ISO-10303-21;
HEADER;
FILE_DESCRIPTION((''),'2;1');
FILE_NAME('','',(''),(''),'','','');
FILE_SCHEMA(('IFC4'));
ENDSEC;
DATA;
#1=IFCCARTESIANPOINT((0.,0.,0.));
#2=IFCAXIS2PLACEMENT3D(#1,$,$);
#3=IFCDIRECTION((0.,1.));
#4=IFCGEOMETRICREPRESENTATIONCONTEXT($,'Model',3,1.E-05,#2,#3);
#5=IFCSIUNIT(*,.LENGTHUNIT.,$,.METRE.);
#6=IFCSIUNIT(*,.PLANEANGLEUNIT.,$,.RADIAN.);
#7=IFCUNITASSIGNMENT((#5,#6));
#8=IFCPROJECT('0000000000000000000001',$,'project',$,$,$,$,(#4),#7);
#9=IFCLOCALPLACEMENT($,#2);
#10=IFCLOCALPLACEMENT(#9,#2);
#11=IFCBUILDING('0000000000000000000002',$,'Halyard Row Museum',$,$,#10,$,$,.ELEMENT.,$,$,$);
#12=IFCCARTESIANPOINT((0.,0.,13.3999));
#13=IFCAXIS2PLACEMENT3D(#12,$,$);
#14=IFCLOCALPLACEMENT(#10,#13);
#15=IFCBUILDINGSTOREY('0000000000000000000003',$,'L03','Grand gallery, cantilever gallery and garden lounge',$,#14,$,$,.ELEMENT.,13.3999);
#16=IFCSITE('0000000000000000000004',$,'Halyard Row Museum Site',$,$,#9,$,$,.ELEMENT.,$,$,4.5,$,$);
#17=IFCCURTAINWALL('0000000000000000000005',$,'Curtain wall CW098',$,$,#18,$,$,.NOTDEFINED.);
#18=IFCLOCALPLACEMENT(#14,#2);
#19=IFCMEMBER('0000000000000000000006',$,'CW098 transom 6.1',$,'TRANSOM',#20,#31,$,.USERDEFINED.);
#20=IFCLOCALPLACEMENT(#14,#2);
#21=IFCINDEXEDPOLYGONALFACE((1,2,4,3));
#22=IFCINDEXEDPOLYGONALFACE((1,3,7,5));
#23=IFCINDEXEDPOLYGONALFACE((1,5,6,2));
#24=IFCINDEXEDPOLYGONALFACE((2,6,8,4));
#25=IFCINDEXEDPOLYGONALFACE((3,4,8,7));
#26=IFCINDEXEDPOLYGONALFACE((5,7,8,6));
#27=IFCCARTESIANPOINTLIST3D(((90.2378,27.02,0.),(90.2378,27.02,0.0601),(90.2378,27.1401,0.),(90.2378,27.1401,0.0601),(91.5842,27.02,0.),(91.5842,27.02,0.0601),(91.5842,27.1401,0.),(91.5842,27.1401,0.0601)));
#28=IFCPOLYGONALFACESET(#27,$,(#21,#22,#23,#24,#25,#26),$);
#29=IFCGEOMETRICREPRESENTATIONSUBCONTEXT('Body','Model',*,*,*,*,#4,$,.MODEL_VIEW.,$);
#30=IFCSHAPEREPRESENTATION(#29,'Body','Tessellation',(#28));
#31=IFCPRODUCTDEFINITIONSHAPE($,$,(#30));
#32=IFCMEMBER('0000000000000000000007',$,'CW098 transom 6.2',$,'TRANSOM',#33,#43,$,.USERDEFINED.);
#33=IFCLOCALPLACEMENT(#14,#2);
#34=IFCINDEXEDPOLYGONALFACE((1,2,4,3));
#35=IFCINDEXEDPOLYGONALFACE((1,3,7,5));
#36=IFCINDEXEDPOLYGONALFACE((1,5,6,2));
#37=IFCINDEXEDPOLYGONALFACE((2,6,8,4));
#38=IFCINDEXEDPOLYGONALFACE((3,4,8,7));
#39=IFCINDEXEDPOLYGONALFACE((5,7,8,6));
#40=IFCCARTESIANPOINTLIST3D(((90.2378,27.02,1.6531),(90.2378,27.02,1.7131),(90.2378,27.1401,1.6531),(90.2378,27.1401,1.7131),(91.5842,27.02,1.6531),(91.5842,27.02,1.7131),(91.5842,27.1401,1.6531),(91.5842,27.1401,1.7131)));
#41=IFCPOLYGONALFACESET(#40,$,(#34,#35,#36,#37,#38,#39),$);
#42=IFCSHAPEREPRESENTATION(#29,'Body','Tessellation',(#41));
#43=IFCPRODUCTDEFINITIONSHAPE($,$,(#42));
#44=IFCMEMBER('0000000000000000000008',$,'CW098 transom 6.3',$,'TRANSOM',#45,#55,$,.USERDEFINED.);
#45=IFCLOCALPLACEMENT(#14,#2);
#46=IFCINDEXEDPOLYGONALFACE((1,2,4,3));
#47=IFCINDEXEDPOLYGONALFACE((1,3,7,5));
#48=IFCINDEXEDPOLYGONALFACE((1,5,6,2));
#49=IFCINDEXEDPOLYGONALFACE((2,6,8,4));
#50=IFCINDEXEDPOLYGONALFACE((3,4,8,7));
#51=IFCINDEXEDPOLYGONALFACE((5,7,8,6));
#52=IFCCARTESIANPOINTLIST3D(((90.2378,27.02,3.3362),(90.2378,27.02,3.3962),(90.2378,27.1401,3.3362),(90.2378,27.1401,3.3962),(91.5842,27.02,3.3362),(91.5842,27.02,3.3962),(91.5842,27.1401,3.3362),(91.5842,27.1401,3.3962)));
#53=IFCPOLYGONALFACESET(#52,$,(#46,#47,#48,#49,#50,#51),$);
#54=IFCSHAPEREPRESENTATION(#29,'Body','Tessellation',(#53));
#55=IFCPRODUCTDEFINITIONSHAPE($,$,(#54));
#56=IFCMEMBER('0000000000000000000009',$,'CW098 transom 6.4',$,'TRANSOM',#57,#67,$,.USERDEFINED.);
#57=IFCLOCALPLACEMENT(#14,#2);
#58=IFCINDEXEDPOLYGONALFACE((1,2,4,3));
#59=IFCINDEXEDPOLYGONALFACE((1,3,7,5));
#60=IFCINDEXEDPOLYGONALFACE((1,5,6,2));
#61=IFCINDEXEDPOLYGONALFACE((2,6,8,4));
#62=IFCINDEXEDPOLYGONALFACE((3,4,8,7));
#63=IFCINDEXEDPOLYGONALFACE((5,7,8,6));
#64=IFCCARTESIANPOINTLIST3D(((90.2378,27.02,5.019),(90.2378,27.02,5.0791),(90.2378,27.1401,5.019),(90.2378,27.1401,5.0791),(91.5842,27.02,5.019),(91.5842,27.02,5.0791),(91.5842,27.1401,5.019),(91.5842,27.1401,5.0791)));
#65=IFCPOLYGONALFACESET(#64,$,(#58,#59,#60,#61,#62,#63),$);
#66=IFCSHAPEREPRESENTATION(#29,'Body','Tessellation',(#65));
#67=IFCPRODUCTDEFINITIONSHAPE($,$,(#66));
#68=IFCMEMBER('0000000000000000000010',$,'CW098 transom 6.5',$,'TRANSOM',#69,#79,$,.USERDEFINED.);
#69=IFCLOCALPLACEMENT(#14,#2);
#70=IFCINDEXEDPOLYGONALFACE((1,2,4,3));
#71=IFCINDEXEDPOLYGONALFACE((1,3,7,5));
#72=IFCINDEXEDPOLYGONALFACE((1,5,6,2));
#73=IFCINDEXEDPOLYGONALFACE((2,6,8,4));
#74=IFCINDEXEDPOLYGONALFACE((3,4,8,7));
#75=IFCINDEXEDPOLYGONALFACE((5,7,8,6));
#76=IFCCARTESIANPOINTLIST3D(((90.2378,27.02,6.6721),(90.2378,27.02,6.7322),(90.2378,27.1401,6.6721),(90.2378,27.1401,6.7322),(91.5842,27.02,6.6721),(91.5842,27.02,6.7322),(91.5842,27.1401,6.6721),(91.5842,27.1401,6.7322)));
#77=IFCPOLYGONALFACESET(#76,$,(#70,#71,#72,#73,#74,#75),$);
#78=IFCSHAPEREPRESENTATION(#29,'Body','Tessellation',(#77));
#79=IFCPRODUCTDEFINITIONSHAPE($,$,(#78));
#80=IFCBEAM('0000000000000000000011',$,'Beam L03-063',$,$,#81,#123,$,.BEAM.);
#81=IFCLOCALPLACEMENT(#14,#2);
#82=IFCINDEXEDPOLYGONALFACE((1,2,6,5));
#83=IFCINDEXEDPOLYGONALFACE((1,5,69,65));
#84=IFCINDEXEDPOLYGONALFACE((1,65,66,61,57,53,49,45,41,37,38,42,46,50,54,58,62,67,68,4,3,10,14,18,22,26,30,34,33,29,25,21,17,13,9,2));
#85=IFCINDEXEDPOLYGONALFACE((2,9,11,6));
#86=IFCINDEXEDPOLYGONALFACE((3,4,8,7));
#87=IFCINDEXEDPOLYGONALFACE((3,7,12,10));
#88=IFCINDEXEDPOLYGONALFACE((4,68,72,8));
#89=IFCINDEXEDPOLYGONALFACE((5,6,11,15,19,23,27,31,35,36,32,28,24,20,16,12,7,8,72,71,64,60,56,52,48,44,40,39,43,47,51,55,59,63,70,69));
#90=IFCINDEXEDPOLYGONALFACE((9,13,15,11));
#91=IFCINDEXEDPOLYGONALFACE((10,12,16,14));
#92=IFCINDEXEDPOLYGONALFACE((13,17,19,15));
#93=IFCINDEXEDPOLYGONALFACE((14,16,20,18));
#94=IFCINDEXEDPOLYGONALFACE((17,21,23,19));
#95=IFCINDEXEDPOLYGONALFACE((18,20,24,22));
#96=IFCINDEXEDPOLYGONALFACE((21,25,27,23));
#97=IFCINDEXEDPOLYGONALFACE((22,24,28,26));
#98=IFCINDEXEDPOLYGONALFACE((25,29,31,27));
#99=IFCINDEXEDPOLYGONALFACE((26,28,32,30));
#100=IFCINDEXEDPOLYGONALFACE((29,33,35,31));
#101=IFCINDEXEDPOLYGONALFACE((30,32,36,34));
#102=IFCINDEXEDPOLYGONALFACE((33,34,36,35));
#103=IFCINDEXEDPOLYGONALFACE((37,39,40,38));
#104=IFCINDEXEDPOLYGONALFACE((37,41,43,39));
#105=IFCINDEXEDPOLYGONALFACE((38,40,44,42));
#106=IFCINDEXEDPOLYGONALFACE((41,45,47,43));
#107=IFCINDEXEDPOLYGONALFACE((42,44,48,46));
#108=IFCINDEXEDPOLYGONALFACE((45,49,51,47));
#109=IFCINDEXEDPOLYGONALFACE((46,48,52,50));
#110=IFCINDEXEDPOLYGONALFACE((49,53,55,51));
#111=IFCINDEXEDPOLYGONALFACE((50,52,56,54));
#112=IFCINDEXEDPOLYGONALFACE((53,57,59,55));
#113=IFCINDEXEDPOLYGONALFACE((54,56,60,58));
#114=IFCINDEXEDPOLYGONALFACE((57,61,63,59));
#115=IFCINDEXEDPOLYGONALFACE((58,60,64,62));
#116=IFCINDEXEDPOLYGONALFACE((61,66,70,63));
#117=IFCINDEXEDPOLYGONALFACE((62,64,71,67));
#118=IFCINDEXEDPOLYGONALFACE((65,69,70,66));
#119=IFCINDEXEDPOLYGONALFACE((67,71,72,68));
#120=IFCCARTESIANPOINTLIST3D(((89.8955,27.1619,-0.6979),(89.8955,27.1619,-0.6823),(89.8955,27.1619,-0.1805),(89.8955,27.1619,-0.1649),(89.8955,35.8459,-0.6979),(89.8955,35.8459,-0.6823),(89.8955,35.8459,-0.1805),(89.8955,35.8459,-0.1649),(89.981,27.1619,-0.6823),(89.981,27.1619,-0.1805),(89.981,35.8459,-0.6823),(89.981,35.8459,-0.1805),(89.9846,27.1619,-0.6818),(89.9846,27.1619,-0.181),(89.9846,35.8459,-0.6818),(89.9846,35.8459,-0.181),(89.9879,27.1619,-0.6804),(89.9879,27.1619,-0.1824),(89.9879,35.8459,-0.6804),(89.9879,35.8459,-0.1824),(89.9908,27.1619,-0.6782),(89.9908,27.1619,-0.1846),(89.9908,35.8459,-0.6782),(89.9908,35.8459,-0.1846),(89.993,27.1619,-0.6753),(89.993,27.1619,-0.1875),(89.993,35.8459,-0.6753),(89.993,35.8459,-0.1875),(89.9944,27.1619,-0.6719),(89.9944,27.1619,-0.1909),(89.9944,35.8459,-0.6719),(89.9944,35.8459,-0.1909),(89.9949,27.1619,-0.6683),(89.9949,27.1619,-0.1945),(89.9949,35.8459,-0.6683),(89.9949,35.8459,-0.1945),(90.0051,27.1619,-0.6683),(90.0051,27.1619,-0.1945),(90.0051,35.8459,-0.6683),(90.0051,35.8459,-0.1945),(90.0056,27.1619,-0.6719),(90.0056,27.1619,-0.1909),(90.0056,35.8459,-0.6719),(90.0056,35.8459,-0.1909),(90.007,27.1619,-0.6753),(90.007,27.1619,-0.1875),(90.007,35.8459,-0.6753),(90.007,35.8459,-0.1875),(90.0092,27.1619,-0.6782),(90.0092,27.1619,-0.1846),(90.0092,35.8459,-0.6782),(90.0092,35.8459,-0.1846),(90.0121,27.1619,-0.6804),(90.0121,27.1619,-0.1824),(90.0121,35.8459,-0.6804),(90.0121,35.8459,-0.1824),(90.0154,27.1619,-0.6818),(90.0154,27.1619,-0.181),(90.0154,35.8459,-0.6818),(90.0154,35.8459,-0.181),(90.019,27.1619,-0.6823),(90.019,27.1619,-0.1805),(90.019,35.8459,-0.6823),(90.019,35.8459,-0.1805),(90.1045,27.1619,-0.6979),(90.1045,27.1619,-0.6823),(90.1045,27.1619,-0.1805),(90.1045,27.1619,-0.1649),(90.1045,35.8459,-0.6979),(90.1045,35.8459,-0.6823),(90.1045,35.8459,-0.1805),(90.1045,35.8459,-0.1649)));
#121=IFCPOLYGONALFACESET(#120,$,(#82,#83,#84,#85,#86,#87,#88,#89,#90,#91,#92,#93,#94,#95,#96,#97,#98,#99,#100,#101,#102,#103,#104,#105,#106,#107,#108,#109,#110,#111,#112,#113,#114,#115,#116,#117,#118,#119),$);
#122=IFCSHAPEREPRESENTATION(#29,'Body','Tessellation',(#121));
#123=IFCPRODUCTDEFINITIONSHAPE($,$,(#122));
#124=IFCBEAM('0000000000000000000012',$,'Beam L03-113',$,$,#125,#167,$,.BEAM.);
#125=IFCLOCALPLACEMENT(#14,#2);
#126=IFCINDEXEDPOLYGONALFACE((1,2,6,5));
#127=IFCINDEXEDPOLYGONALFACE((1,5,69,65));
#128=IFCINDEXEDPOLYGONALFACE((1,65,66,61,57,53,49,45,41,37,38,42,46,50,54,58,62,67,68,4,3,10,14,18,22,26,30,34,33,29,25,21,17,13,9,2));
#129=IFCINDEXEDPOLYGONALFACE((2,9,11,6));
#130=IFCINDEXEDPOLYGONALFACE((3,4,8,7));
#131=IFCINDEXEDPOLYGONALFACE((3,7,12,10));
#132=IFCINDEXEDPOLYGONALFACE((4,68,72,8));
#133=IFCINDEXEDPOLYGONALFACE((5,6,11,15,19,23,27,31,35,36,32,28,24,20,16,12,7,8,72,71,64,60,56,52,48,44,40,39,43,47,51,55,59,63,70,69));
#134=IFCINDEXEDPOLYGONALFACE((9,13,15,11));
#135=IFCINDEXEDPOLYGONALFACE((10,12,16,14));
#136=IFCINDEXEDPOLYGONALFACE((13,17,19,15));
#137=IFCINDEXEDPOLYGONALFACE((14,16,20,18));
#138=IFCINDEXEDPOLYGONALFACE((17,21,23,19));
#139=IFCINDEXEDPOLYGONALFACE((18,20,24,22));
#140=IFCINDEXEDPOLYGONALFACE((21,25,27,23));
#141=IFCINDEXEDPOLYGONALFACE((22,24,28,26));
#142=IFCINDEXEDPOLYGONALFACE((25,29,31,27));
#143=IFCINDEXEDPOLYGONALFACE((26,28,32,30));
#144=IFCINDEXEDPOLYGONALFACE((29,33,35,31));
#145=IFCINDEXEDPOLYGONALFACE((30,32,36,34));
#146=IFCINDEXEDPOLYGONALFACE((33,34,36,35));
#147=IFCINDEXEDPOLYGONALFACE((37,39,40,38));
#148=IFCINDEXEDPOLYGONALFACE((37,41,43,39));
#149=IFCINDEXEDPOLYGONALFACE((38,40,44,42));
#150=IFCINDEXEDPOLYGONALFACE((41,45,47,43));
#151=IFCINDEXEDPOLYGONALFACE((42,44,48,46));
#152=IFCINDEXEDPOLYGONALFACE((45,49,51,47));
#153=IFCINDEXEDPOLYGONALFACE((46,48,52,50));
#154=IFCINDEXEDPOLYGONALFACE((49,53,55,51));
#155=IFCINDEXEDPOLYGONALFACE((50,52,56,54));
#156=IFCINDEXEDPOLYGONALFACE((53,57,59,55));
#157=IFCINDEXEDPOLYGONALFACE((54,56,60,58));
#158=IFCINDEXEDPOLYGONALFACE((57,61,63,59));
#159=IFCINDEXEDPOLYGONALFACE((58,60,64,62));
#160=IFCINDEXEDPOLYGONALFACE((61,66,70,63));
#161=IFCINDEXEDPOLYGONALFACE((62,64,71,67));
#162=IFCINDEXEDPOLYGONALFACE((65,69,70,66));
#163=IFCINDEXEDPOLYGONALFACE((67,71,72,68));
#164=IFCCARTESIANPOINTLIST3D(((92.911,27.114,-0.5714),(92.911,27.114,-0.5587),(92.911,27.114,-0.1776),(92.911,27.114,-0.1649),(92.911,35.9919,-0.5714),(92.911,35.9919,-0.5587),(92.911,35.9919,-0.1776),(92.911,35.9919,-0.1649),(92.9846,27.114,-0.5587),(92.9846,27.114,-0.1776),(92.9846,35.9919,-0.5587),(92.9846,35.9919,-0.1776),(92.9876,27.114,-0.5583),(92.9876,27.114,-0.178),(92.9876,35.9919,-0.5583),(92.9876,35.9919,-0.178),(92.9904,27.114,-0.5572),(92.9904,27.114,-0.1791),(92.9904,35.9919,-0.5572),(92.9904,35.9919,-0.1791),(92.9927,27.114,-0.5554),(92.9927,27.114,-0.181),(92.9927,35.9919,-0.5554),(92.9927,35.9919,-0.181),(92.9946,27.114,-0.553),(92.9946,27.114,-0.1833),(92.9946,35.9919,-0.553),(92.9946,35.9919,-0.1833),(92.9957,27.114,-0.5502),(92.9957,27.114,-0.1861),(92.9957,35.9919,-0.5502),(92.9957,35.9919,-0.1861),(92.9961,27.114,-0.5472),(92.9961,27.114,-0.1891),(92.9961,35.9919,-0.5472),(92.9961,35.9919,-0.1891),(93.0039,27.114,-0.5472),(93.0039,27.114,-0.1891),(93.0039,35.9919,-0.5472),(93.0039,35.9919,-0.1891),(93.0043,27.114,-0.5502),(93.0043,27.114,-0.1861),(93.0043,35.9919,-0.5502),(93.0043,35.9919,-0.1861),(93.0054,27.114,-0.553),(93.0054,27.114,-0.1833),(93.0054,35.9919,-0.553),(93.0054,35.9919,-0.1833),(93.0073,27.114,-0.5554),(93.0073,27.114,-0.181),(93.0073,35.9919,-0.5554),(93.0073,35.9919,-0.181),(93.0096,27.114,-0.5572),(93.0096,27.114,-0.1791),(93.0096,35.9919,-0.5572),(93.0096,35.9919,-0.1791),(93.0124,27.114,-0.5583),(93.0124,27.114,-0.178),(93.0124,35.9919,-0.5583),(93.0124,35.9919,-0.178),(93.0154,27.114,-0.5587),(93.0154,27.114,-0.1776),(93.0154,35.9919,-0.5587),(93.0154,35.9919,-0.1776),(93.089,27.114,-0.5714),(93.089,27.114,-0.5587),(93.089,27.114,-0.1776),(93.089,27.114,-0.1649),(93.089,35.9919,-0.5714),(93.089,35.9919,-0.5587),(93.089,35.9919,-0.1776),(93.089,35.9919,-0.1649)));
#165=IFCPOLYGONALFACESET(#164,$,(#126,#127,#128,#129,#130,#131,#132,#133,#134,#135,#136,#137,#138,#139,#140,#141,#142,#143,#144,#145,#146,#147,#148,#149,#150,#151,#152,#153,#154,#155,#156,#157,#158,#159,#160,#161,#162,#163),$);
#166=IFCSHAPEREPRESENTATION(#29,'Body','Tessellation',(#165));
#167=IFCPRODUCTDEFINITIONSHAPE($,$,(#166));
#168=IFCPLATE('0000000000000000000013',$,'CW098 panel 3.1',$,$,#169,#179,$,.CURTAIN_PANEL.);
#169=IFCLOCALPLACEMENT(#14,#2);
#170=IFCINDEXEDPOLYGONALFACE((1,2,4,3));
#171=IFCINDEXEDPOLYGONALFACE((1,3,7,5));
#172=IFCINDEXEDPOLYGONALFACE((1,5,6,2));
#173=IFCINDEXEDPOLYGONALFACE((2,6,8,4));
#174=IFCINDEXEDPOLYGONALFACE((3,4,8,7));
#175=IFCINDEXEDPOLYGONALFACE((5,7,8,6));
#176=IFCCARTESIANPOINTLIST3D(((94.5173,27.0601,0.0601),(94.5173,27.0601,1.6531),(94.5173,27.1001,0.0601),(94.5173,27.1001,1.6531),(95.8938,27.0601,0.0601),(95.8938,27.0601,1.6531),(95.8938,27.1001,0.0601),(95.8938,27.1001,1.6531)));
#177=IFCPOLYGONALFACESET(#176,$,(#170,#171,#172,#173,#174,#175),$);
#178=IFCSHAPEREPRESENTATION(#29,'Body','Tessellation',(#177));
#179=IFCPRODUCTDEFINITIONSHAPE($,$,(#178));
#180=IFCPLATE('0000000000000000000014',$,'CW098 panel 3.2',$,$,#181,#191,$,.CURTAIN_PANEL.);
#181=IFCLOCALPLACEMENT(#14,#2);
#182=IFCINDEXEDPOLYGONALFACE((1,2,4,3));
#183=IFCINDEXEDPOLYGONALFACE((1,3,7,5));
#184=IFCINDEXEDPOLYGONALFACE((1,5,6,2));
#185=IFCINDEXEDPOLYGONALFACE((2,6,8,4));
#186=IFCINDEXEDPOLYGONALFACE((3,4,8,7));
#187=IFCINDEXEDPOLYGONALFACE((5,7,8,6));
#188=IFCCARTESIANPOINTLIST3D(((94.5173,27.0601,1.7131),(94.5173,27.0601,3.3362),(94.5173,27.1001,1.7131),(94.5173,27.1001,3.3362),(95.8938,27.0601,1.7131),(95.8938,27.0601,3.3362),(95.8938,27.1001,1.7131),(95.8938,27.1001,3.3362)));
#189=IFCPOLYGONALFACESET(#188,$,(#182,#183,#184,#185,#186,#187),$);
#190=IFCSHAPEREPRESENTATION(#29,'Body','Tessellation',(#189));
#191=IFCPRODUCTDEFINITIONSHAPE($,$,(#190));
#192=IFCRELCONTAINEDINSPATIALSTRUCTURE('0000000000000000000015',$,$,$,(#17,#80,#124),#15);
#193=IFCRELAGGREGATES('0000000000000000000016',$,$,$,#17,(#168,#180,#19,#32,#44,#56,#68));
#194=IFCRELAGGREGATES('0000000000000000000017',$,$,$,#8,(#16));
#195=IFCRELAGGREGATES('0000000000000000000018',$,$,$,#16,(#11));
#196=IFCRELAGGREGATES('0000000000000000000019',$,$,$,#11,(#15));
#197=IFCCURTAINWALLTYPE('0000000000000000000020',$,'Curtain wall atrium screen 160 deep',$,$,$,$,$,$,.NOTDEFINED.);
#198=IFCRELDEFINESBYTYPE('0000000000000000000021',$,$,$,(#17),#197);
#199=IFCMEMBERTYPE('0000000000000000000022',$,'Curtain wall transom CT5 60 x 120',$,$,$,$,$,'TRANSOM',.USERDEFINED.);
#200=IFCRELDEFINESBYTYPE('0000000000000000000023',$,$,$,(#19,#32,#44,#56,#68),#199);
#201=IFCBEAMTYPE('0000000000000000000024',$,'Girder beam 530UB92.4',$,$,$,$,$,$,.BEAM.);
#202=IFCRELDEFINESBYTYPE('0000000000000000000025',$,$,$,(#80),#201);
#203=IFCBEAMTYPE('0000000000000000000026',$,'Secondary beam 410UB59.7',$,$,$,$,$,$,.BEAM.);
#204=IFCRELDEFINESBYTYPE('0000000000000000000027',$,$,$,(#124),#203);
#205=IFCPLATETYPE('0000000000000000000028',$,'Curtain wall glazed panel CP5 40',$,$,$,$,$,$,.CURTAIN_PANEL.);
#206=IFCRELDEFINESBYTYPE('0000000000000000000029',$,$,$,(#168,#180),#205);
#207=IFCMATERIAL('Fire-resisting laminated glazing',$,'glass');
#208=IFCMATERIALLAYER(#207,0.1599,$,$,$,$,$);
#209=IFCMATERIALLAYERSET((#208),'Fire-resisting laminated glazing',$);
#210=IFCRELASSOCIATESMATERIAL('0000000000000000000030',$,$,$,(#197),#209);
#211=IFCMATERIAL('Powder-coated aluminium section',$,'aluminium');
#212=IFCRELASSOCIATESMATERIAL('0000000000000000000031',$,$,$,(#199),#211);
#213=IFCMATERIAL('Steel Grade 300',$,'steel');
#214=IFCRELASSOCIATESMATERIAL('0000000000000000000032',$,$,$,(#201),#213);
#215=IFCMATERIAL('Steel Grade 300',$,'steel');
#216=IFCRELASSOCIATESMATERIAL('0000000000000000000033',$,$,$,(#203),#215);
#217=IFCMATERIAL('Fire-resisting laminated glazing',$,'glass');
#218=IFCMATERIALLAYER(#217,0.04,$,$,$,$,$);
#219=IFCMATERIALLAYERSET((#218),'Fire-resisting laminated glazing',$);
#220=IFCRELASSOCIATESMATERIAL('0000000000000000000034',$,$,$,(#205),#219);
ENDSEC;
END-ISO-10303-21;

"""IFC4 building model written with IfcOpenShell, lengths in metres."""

from ifc_helpers import new_model, si_unit, direction, frame, origin, origin_2d, place, context, subcontext, project, spatial, rectangle, i_section, extrude, material, layer, layer_set, material_profile, profile_set, type_object, element, aggregate, save


model = new_model("IFC4")

# Units and contexts
model_context = context("Model", 3, precision=1e-05, world=origin(), true_north=direction((0.0, 1.0)))
body_context = subcontext(model_context, "Body", "Model", "MODEL_VIEW")
ifc_project = project(units=[si_unit("LENGTHUNIT", "METRE"), si_unit("PLANEANGLEUNIT", "RADIAN")], contexts=[model_context])

# Site, building, storey
site_placement = place(None, origin())
site = spatial("IfcSite", under=ifc_project, at=site_placement, Name="Halyard Row Museum Site", CompositionType="ELEMENT", RefElevation=4.5)
building_placement = place(site_placement, origin())
building = spatial("IfcBuilding", under=site, at=building_placement, Name="Halyard Row Museum", CompositionType="ELEMENT")
storey_placement = place(building_placement, frame((0.0, 0.0, 13.3999)))
storey = spatial("IfcBuildingStorey", under=building, at=storey_placement, Name="L03", Description="Grand gallery, cantilever gallery and garden lounge", CompositionType="ELEMENT", Elevation=13.3999)

# Curtain wall, members
ifc_material_1 = material(Name="Fire-resisting laminated glazing", Category="glass")
ifc_layer_1 = layer(ifc_material_1, 0.1599)
ifc_layer_set_1 = layer_set([ifc_layer_1], Name="Fire-resisting laminated glazing")
curtain_wall_type = type_object("IfcCurtainWallType", Name="Curtain wall atrium screen 160 deep", PredefinedType="NOTDEFINED", material=ifc_layer_set_1)
curtain_wall_placement = place(storey_placement, origin())
curtain_wall = element("IfcCurtainWall", 1, at=curtain_wall_placement, inside=storey, type_object=curtain_wall_type, Name="Curtain wall CW098", PredefinedType="NOTDEFINED")
ifc_material_2 = material(Name="Powder-coated aluminium section", Category="aluminium")
ifc_material_profile_1 = material_profile(ifc_material_2, rectangle(XDim=0.1201, YDim=0.0601, at=origin_2d()), Name="120x60 transom")
ifc_profile_set_1 = profile_set([ifc_material_profile_1], Name="Powder-coated aluminium section")
member_type_1 = type_object("IfcMemberType", Name="Curtain wall transom CT5 60 x 120", ElementType="TRANSOM", PredefinedType="USERDEFINED", material=ifc_profile_set_1)
member_1_placement = place(storey_placement, frame((91.5842, 27.0801, 0.03), z_axis=(-1.0, 0.0, 0.0), x_axis=(0.0, -1.0, 0.0)))
member_1 = element("IfcMember", 2, at=member_1_placement, type_object=member_type_1, Name="CW098 transom 6.1", ObjectType="TRANSOM", PredefinedType="USERDEFINED", context=body_context, shape_type="SweptSolid", body=[
    extrude(rectangle(XDim=0.1201, YDim=0.0601, at=origin_2d()), origin(), (0.0, 0.0, 1.0), 1.3464),
])
member_2_placement = place(storey_placement, frame((91.5842, 27.0801, 1.6831), z_axis=(-1.0, 0.0, 0.0), x_axis=(0.0, -1.0, 0.0)))
member_2 = element("IfcMember", 3, at=member_2_placement, type_object=member_type_1, Name="CW098 transom 6.2", ObjectType="TRANSOM", PredefinedType="USERDEFINED", context=body_context, shape_type="SweptSolid", body=[
    extrude(rectangle(XDim=0.1201, YDim=0.0601, at=origin_2d()), origin(), (0.0, 0.0, 1.0), 1.3464),
])
member_3_placement = place(storey_placement, frame((91.5842, 27.0801, 3.3662), z_axis=(-1.0, 0.0, 0.0), x_axis=(0.0, -1.0, 0.0)))
member_3 = element("IfcMember", 4, at=member_3_placement, type_object=member_type_1, Name="CW098 transom 6.3", ObjectType="TRANSOM", PredefinedType="USERDEFINED", context=body_context, shape_type="SweptSolid", body=[
    extrude(rectangle(XDim=0.1201, YDim=0.0601, at=origin_2d()), origin(), (0.0, 0.0, 1.0), 1.3464),
])
member_4_placement = place(storey_placement, frame((91.5842, 27.0801, 5.0491), z_axis=(-1.0, 0.0, 0.0), x_axis=(0.0, -1.0, 0.0)))
member_4 = element("IfcMember", 5, at=member_4_placement, type_object=member_type_1, Name="CW098 transom 6.4", ObjectType="TRANSOM", PredefinedType="USERDEFINED", context=body_context, shape_type="SweptSolid", body=[
    extrude(rectangle(XDim=0.1201, YDim=0.0601, at=origin_2d()), origin(), (0.0, 0.0, 1.0), 1.3464),
])
member_5_placement = place(storey_placement, frame((91.5842, 27.0801, 6.7021), z_axis=(-1.0, 0.0, 0.0), x_axis=(0.0, -1.0, 0.0)))
member_5 = element("IfcMember", 6, at=member_5_placement, type_object=member_type_1, Name="CW098 transom 6.5", ObjectType="TRANSOM", PredefinedType="USERDEFINED", context=body_context, shape_type="SweptSolid", body=[
    extrude(rectangle(XDim=0.1201, YDim=0.0601, at=origin_2d()), origin(), (0.0, 0.0, 1.0), 1.3464),
])

# Beams
ifc_material_3 = material(Name="Steel Grade 300", Category="steel")
ifc_material_profile_2 = material_profile(ifc_material_3, i_section(OverallWidth=0.209, OverallDepth=0.533, WebThickness=0.0103, FlangeThickness=0.0156, FilletRadius=0.0139, at=origin_2d()), Name="530UB92.4")
ifc_profile_set_2 = profile_set([ifc_material_profile_2], Name="Steel Grade 300")
beam_type_1 = type_object("IfcBeamType", Name="Girder beam 530UB92.4", PredefinedType="BEAM", material=ifc_profile_set_2)
beam_1_placement = place(storey_placement, frame((90.0, 27.1619, -0.4314), z_axis=(0.0, 1.0, 0.0), x_axis=(-1.0, 0.0, 0.0)))
element("IfcBeam", 7, at=beam_1_placement, inside=storey, type_object=beam_type_1, Name="Beam L03-063", PredefinedType="BEAM", context=body_context, shape_type="SweptSolid", body=[
    extrude(i_section(OverallWidth=0.209, OverallDepth=0.533, WebThickness=0.0103, FlangeThickness=0.0156, FilletRadius=0.0139, at=origin_2d()), origin(), (0.0, 0.0, 1.0), 8.6841),
])
ifc_material_4 = material(Name="Steel Grade 300", Category="steel")
ifc_material_profile_3 = material_profile(ifc_material_4, i_section(OverallWidth=0.178, OverallDepth=0.4065, WebThickness=0.0078, FlangeThickness=0.0127, FilletRadius=0.0115, at=origin_2d()), Name="410UB59.7")
ifc_profile_set_3 = profile_set([ifc_material_profile_3], Name="Steel Grade 300")
beam_type_2 = type_object("IfcBeamType", Name="Secondary beam 410UB59.7", PredefinedType="BEAM", material=ifc_profile_set_3)
beam_2_placement = place(storey_placement, frame((93.0, 27.114, -0.3682), z_axis=(0.0, 1.0, 0.0), x_axis=(-1.0, 0.0, 0.0)))
element("IfcBeam", 8, at=beam_2_placement, inside=storey, type_object=beam_type_2, Name="Beam L03-113", PredefinedType="BEAM", context=body_context, shape_type="SweptSolid", body=[
    extrude(i_section(OverallWidth=0.178, OverallDepth=0.4065, WebThickness=0.0078, FlangeThickness=0.0127, FilletRadius=0.0115, at=origin_2d()), origin(), (0.0, 0.0, 1.0), 8.8779),
])

# Plates
ifc_material_5 = material(Name="Fire-resisting laminated glazing", Category="glass")
ifc_layer_2 = layer(ifc_material_5, 0.04)
ifc_layer_set_2 = layer_set([ifc_layer_2], Name="Fire-resisting laminated glazing")
plate_type = type_object("IfcPlateType", Name="Curtain wall glazed panel CP5 40", PredefinedType="CURTAIN_PANEL", material=ifc_layer_set_2)
plate_1_placement = place(storey_placement, frame((95.2056, 27.0801, 0.0601), z_axis=(0.0, 0.0, 1.0), x_axis=(-1.0, 0.0, 0.0)))
plate_1 = element("IfcPlate", 9, at=plate_1_placement, type_object=plate_type, Name="CW098 panel 3.1", PredefinedType="CURTAIN_PANEL", context=body_context, shape_type="SweptSolid", body=[
    extrude(rectangle(XDim=1.3765, YDim=0.04, at=origin_2d()), origin(), (0.0, 0.0, 1.0), 1.593),
])
plate_2_placement = place(storey_placement, frame((95.2056, 27.0801, 1.7131), z_axis=(0.0, 0.0, 1.0), x_axis=(-1.0, 0.0, 0.0)))
plate_2 = element("IfcPlate", 10, at=plate_2_placement, type_object=plate_type, Name="CW098 panel 3.2", PredefinedType="CURTAIN_PANEL", context=body_context, shape_type="SweptSolid", body=[
    extrude(rectangle(XDim=1.3765, YDim=0.04, at=origin_2d()), origin(), (0.0, 0.0, 1.0), 1.623),
])
aggregate(curtain_wall, [plate_1, plate_2, member_1, member_2, member_3, member_4, member_5])

save(model, "model.ifc")
